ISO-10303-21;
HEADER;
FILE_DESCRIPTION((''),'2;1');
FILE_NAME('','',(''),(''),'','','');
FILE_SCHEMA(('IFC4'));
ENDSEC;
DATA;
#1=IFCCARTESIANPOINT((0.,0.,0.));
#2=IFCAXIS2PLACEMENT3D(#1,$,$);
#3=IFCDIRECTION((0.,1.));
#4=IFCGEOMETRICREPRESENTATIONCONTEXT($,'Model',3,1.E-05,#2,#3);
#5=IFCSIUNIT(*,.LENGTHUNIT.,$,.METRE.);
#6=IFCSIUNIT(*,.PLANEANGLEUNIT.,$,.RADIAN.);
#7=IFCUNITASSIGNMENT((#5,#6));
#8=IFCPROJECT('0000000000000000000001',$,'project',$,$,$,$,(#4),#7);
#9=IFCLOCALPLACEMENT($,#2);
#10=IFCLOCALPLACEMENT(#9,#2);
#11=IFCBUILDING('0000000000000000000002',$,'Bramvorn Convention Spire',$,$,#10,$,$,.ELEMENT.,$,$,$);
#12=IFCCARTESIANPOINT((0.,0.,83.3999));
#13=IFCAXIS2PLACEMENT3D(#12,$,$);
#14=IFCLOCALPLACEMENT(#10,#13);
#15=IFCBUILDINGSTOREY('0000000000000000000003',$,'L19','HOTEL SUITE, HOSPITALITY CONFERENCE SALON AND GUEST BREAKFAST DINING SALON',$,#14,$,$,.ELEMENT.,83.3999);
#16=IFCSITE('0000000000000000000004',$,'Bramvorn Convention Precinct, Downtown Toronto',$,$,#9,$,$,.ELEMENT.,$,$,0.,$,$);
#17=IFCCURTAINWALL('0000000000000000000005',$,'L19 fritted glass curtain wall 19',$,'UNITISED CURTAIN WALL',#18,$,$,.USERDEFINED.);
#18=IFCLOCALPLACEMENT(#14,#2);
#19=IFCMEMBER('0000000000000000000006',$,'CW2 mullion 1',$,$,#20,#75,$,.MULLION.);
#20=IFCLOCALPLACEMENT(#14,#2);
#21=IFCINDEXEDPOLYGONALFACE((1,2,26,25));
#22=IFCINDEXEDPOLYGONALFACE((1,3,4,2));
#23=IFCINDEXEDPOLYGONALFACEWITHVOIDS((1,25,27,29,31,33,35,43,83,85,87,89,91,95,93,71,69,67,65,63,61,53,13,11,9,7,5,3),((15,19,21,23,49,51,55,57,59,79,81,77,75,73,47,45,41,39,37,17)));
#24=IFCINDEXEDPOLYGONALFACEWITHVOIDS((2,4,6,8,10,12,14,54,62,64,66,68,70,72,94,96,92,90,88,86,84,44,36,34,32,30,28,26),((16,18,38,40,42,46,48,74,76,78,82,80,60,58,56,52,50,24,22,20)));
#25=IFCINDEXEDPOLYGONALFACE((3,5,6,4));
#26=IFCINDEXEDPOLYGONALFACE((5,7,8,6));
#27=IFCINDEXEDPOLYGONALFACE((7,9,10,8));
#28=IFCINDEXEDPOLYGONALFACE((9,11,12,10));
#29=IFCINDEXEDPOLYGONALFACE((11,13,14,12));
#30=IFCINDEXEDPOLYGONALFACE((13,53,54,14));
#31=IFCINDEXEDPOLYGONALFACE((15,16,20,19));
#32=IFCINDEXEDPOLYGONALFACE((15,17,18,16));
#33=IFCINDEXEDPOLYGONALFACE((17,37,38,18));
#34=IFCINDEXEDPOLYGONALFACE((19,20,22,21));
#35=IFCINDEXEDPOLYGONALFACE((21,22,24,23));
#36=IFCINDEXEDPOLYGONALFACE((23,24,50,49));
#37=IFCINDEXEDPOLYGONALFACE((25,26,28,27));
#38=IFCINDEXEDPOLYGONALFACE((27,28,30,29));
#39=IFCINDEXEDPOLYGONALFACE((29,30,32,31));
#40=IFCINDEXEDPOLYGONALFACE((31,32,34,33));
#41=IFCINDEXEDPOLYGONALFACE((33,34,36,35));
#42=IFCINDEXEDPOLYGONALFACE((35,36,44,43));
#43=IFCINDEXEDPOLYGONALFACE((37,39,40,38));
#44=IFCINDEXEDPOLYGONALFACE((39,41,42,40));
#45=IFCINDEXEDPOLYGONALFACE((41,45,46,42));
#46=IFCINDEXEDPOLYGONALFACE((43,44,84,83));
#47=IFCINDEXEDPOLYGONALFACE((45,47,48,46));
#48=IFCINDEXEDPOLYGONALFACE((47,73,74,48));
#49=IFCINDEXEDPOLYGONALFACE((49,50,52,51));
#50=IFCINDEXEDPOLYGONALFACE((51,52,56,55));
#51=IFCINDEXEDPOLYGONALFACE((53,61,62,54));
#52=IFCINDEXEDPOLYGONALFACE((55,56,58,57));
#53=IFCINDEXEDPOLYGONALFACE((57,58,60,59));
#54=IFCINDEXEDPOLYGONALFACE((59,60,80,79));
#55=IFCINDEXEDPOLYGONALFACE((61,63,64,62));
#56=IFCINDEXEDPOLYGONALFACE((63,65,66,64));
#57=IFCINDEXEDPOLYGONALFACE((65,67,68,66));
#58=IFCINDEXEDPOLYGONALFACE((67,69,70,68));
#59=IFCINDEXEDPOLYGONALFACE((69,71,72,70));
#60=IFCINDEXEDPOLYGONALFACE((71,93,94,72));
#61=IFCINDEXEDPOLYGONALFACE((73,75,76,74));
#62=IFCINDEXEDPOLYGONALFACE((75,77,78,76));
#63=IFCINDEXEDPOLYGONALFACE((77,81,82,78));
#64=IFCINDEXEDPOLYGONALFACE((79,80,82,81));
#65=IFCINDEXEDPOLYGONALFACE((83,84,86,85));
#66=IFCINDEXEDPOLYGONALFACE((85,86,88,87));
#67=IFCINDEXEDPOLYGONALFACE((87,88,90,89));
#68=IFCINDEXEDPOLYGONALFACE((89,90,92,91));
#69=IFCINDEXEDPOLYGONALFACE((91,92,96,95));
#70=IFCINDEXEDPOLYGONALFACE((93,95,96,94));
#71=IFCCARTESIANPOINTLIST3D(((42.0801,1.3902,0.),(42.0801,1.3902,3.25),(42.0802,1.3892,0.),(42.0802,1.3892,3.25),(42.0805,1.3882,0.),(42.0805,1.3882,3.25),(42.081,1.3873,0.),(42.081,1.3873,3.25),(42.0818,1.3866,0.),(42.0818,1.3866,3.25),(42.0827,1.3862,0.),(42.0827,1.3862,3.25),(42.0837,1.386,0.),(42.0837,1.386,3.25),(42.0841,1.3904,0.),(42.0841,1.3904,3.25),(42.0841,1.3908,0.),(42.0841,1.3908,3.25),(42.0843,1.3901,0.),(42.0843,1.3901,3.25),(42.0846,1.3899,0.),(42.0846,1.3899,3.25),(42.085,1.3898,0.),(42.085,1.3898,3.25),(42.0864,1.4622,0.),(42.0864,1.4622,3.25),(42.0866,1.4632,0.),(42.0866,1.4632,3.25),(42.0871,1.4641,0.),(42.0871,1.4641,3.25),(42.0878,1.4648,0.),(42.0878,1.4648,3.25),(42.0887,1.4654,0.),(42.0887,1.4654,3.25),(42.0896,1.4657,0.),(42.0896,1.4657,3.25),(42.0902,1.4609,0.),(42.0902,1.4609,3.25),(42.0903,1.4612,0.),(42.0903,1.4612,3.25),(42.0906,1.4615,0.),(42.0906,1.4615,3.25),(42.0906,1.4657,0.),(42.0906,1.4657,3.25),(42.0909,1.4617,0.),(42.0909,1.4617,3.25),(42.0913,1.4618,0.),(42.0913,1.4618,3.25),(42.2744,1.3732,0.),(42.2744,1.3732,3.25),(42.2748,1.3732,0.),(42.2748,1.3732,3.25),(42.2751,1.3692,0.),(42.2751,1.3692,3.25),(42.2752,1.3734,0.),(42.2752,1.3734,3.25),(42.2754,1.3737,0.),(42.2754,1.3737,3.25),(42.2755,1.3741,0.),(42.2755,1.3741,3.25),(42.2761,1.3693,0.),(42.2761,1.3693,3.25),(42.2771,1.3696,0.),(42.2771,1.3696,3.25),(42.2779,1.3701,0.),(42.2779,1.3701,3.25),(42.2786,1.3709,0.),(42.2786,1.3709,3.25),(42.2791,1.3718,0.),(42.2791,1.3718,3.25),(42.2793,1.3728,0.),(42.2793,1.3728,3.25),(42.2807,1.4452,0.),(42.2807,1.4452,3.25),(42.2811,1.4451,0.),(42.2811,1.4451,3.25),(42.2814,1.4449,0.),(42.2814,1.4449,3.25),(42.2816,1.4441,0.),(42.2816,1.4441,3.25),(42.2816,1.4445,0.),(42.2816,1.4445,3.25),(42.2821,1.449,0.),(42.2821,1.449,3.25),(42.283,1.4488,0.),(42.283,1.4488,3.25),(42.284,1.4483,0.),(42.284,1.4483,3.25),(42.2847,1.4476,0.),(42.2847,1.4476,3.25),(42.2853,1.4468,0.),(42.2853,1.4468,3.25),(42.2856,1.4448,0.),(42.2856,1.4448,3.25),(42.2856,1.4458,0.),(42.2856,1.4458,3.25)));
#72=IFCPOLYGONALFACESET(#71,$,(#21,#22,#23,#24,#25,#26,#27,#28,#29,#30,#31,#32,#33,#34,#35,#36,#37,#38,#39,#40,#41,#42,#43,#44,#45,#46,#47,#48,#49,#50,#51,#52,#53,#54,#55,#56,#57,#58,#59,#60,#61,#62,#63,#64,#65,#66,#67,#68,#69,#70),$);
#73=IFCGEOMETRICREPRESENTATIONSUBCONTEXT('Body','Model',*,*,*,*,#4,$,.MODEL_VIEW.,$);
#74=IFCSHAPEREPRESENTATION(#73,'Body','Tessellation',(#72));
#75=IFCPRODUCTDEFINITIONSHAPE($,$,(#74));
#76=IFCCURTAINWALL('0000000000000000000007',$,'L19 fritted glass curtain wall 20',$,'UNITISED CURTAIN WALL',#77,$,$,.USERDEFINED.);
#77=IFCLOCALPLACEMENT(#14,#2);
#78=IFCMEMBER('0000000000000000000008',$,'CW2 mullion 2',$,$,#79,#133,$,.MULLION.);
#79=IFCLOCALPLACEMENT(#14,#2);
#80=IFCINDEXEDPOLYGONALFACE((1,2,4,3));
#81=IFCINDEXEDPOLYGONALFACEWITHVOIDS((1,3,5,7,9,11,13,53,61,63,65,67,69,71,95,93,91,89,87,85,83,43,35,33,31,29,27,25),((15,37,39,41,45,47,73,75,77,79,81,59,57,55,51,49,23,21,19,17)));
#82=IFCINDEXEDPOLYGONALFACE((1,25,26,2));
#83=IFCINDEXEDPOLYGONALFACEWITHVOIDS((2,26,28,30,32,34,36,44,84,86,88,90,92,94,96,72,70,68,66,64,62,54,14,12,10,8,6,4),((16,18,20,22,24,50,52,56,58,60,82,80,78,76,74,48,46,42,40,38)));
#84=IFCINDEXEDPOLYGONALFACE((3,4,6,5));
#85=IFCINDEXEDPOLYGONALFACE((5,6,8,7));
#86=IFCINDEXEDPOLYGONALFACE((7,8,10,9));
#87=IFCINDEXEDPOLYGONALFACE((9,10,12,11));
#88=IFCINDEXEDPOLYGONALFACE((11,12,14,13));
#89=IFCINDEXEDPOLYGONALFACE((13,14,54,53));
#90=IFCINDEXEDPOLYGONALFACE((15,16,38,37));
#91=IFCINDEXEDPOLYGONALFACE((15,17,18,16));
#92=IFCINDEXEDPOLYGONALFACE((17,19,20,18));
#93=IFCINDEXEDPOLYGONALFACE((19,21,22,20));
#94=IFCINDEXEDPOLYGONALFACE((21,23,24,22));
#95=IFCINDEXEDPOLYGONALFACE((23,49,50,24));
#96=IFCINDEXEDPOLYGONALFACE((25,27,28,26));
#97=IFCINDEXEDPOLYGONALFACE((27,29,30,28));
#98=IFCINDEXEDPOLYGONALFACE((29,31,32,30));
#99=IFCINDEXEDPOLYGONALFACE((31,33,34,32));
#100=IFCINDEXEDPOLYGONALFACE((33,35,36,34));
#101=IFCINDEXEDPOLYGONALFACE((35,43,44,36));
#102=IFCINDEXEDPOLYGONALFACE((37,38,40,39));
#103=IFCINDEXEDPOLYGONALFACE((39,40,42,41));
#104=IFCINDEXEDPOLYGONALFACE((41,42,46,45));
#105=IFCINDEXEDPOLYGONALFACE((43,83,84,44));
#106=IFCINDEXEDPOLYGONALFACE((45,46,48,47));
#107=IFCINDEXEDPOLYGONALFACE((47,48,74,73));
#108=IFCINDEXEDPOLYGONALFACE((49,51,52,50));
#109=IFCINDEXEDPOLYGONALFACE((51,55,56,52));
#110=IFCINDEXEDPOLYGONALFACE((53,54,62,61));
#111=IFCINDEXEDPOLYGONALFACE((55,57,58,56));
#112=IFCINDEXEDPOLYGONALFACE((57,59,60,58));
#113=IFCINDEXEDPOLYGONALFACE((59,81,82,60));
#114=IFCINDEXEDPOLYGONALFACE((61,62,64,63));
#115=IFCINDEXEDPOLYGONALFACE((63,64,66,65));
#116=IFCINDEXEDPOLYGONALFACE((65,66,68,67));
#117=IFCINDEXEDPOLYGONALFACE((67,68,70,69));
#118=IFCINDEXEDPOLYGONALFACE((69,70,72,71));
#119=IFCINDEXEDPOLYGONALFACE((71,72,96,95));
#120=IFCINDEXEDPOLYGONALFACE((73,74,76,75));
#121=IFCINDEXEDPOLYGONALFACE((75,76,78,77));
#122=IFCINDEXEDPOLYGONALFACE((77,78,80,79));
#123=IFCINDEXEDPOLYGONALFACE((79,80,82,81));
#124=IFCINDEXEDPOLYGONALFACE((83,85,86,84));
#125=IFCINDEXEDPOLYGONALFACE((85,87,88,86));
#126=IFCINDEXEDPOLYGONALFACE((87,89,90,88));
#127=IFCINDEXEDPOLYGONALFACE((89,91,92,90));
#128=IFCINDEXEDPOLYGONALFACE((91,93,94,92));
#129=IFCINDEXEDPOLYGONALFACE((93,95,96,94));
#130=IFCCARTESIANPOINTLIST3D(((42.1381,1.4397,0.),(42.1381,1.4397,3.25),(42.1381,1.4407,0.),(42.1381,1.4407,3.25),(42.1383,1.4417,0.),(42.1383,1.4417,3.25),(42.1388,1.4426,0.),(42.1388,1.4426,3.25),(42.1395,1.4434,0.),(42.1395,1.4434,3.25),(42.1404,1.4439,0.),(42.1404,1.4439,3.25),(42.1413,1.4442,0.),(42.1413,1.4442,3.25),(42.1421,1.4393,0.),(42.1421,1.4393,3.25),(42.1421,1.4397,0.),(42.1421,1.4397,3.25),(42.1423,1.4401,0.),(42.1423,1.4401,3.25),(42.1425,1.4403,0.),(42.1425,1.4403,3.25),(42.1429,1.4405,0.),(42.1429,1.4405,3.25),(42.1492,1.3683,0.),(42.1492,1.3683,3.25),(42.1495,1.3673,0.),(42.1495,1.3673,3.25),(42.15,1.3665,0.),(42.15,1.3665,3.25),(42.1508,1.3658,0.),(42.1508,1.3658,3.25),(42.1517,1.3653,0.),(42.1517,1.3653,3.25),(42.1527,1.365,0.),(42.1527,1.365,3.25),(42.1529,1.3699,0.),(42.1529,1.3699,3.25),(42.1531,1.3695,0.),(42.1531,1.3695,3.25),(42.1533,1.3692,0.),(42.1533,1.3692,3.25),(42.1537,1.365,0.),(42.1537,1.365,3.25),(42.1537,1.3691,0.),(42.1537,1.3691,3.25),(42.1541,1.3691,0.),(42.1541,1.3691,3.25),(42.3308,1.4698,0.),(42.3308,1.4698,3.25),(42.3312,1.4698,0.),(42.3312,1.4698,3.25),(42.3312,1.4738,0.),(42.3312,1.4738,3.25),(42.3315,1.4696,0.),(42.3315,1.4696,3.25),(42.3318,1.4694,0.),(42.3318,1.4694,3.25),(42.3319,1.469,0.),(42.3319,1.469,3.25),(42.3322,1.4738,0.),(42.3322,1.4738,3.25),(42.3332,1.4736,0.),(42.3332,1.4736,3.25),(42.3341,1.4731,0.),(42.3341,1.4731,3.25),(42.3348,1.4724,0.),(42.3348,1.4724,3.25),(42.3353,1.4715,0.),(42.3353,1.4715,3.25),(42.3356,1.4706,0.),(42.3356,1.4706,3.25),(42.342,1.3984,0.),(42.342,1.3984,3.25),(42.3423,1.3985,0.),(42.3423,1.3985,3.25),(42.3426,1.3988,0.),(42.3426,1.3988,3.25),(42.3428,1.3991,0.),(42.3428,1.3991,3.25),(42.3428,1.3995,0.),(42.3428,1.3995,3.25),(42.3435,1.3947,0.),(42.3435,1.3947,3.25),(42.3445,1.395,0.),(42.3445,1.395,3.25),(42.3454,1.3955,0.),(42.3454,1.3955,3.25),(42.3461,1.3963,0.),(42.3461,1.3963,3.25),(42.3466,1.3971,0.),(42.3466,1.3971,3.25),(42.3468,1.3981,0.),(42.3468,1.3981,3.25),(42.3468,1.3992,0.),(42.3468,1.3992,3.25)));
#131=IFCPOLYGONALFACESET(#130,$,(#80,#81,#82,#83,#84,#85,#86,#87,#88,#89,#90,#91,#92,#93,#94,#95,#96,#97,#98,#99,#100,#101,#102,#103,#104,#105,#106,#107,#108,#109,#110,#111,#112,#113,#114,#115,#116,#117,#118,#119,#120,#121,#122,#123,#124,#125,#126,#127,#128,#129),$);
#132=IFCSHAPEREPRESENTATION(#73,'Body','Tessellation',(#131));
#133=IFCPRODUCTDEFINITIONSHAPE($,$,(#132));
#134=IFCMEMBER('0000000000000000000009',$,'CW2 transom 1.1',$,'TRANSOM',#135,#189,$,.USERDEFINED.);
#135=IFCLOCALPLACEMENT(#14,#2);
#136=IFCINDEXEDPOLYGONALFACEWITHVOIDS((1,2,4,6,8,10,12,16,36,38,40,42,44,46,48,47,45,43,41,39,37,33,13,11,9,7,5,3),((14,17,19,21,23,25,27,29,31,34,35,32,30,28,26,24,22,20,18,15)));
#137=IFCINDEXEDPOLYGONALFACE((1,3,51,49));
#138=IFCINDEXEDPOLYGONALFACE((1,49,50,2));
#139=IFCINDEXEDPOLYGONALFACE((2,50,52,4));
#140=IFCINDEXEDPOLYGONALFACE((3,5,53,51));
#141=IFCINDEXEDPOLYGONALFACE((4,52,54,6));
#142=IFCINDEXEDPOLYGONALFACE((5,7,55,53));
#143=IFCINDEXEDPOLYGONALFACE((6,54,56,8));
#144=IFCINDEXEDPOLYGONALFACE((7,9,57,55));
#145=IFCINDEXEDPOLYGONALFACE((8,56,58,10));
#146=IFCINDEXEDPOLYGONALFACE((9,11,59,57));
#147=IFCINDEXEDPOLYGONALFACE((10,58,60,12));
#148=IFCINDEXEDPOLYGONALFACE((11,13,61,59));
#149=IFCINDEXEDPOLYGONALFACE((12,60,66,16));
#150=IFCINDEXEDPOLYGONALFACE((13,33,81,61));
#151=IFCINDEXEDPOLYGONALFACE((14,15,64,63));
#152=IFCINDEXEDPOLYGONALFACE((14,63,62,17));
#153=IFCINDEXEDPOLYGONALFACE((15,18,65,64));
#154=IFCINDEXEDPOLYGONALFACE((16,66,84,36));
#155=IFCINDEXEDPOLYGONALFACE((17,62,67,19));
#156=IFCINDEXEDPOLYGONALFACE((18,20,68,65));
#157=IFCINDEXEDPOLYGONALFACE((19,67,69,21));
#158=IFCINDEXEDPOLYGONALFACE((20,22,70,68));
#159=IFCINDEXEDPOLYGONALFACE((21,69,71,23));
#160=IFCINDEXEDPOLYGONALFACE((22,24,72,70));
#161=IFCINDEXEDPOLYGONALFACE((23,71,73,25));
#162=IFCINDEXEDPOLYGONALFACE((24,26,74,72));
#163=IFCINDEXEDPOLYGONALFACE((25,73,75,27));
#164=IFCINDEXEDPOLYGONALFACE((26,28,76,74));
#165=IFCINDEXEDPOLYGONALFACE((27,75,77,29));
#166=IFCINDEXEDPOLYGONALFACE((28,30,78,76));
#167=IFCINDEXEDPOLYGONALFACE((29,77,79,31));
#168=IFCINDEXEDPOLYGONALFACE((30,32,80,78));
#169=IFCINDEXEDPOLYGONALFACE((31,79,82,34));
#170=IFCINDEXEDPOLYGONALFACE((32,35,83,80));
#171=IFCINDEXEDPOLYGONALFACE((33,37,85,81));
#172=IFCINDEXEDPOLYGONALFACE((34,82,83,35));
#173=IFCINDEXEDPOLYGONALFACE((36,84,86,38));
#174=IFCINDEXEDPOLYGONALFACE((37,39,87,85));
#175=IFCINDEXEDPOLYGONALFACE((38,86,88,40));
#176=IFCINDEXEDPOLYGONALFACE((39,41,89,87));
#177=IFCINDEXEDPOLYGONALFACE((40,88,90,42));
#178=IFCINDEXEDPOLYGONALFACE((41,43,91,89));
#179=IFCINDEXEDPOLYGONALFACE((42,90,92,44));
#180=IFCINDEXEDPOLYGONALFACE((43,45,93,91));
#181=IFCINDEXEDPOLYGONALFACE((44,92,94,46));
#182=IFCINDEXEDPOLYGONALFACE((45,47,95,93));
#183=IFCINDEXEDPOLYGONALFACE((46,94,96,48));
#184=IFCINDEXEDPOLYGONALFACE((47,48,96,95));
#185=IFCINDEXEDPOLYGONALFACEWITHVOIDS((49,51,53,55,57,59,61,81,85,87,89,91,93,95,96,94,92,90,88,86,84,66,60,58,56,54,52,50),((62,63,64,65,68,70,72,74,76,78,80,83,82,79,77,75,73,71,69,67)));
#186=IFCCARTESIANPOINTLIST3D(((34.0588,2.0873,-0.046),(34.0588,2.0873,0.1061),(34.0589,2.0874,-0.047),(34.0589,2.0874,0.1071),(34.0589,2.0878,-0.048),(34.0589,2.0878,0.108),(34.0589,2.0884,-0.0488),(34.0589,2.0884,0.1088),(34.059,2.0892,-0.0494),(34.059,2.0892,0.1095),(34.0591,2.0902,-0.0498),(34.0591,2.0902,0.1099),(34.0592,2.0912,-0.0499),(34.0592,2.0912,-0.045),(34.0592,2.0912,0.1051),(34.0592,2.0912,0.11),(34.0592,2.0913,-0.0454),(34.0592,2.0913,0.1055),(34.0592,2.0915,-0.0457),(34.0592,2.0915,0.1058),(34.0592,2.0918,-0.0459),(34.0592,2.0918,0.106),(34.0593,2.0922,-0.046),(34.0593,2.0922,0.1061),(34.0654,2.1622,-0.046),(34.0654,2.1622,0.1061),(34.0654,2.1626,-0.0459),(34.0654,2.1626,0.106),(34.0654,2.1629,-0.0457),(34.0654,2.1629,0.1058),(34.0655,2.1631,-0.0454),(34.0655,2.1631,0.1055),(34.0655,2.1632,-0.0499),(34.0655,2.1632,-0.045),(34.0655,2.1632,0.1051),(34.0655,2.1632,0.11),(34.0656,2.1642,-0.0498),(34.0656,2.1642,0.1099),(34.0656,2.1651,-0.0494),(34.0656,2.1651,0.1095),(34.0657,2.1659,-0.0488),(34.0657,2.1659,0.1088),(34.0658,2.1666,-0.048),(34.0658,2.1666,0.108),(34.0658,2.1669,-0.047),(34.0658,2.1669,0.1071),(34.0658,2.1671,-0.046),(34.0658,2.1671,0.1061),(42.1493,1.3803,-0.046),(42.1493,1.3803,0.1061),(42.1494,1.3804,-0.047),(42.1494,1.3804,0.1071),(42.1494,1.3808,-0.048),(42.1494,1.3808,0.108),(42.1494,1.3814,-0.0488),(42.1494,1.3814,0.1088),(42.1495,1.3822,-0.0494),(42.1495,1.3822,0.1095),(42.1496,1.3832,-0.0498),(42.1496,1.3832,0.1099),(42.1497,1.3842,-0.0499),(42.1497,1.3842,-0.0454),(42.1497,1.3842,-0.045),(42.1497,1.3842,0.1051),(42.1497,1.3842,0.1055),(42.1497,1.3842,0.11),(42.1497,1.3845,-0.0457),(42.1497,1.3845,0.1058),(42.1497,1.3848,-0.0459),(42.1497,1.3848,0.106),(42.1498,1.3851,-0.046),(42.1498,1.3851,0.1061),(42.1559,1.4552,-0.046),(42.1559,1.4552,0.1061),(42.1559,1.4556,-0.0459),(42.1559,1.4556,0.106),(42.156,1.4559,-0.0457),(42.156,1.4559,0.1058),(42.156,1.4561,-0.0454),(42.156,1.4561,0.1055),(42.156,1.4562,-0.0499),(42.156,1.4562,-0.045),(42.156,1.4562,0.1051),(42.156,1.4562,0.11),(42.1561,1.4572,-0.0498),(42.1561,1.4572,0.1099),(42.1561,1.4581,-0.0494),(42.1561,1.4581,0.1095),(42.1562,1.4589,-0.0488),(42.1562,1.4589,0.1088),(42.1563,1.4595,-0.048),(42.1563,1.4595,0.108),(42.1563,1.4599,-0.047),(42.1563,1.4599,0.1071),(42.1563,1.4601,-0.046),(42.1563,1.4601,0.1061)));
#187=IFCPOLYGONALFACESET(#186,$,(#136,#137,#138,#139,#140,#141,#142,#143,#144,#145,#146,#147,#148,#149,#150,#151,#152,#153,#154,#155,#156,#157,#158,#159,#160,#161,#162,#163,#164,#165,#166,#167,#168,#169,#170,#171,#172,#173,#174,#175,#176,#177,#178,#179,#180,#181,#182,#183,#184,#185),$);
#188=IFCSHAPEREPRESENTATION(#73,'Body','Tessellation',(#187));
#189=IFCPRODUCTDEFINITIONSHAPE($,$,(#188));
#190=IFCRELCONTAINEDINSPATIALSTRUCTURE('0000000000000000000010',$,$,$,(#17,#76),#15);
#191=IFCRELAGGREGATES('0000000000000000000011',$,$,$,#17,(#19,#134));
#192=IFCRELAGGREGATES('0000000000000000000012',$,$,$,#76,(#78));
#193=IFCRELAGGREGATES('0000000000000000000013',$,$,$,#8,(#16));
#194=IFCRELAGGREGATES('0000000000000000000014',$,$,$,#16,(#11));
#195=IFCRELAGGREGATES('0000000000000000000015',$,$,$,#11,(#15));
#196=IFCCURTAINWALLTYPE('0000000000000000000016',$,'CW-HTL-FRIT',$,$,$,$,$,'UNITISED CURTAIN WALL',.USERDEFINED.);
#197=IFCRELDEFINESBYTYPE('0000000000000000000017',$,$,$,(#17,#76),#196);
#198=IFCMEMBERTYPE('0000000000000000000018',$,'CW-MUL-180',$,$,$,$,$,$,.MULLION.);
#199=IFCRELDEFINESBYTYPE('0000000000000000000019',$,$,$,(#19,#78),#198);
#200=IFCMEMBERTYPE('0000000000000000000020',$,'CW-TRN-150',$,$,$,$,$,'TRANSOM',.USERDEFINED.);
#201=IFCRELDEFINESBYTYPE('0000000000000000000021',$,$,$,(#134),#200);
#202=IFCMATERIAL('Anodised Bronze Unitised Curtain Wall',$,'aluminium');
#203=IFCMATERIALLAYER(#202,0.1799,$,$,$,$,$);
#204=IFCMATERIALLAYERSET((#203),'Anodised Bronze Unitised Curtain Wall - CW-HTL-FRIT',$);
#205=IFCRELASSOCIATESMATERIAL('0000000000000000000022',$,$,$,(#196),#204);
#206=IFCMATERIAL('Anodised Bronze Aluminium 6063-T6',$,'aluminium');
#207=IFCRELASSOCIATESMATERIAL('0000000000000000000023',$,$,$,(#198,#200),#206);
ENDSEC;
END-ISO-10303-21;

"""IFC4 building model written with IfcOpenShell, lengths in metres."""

from ifc_helpers import new_model, si_unit, direction, frame, origin, origin_2d, place, context, subcontext, project, spatial, hollow_rectangle, extrude, material, layer, layer_set, material_profile, profile_set, type_object, element, aggregate, save


model = new_model("IFC4")

# Units and contexts
model_context = context("Model", 3, precision=1e-05, world=origin(), true_north=direction((0.0, 1.0)))
body_context = subcontext(model_context, "Body", "Model", "MODEL_VIEW")
ifc_project = project(units=[si_unit("LENGTHUNIT", "METRE"), si_unit("PLANEANGLEUNIT", "RADIAN")], contexts=[model_context])

# Site, building, storey
site_placement = place(None, origin())
site = spatial("IfcSite", under=ifc_project, at=site_placement, Name="Bramvorn Convention Precinct, Downtown Toronto", CompositionType="ELEMENT", RefElevation=0.0)
building_placement = place(site_placement, origin())
building = spatial("IfcBuilding", under=site, at=building_placement, Name="Bramvorn Convention Spire", CompositionType="ELEMENT")
storey_placement = place(building_placement, frame((0.0, 0.0, 83.3999)))
storey = spatial("IfcBuildingStorey", under=building, at=storey_placement, Name="L19", Description="HOTEL SUITE, HOSPITALITY CONFERENCE SALON AND GUEST BREAKFAST DINING SALON", CompositionType="ELEMENT", Elevation=83.3999)

# Curtain walls, members
ifc_material_1 = material(Name="Anodised Bronze Unitised Curtain Wall", Category="aluminium")
ifc_layer_1 = layer(ifc_material_1, 0.1799)
ifc_layer_set_1 = layer_set([ifc_layer_1], Name="Anodised Bronze Unitised Curtain Wall - CW-HTL-FRIT")
curtain_wall_type = type_object("IfcCurtainWallType", Name="CW-HTL-FRIT", ElementType="UNITISED CURTAIN WALL", PredefinedType="USERDEFINED", material=ifc_layer_set_1)
curtain_wall_1_placement = place(storey_placement, origin())
curtain_wall_1 = element("IfcCurtainWall", 1, at=curtain_wall_1_placement, inside=storey, type_object=curtain_wall_type, Name="L19 fritted glass curtain wall 19", ObjectType="UNITISED CURTAIN WALL", PredefinedType="USERDEFINED")
ifc_material_2 = material(Name="Anodised Bronze Aluminium 6063-T6", Category="aluminium")
ifc_material_profile_1 = material_profile(ifc_material_2, hollow_rectangle(XDim=0.0801, YDim=0.2, WallThickness=0.0039, InnerFilletRadius=0.001, OuterFilletRadius=0.0039, at=origin_2d()))
ifc_profile_set_1 = profile_set([ifc_material_profile_1], Name="Anodised Bronze Aluminium 6063-T6 - CWM80X200")
member_type_1 = type_object("IfcMemberType", Name="CW-MUL-180", PredefinedType="MULLION", material=ifc_profile_set_1)
member_1_placement = place(storey_placement, frame((42.1829, 1.4175, 0.0), z_axis=(0.0, 0.0, 1.0), x_axis=(-0.087048, -0.996204, 0.0)))
member_1 = element("IfcMember", 2, at=member_1_placement, type_object=member_type_1, Name="CW2 mullion 1", PredefinedType="MULLION", context=body_context, shape_type="SweptSolid", body=[
    extrude(hollow_rectangle(XDim=0.0801, YDim=0.2, WallThickness=0.0039, InnerFilletRadius=0.001, OuterFilletRadius=0.0039, at=origin_2d()), origin(), (0.0, 0.0, 1.0), 3.25),
])
curtain_wall_2_placement = place(storey_placement, origin())
curtain_wall_2 = element("IfcCurtainWall", 3, at=curtain_wall_2_placement, inside=storey, type_object=curtain_wall_type, Name="L19 fritted glass curtain wall 20", ObjectType="UNITISED CURTAIN WALL", PredefinedType="USERDEFINED")
member_2_placement = place(storey_placement, frame((42.2424, 1.4194, 0.0), z_axis=(0.0, 0.0, 1.0), x_axis=(0.154306, -0.988023, 0.0)))
member_2 = element("IfcMember", 4, at=member_2_placement, type_object=member_type_1, Name="CW2 mullion 2", PredefinedType="MULLION", context=body_context, shape_type="SweptSolid", body=[
    extrude(hollow_rectangle(XDim=0.0801, YDim=0.2, WallThickness=0.0039, InnerFilletRadius=0.001, OuterFilletRadius=0.0039, at=origin_2d()), origin(), (0.0, 0.0, 1.0), 3.25),
])

# Member
ifc_material_profile_2 = material_profile(ifc_material_2, hollow_rectangle(XDim=0.0801, YDim=0.1599, WallThickness=0.0039, InnerFilletRadius=0.001, OuterFilletRadius=0.0039, at=origin_2d()))
ifc_profile_set_2 = profile_set([ifc_material_profile_2], Name="Anodised Bronze Aluminium 6063-T6 - CWT80X160")
member_type_2 = type_object("IfcMemberType", Name="CW-TRN-150", ElementType="TRANSOM", PredefinedType="USERDEFINED", material=ifc_profile_set_2)
member_3_placement = place(storey_placement, frame((42.1528, 1.4202, 0.03), z_axis=(-0.996203, 0.087058, 0.0), x_axis=(-0.087058, -0.996203, 0.0)))
member_3 = element("IfcMember", 5, at=member_3_placement, type_object=member_type_2, Name="CW2 transom 1.1", ObjectType="TRANSOM", PredefinedType="USERDEFINED", context=body_context, shape_type="SweptSolid", body=[
    extrude(hollow_rectangle(XDim=0.0801, YDim=0.1599, WallThickness=0.0039, InnerFilletRadius=0.001, OuterFilletRadius=0.0039, at=origin_2d()), origin(), (0.0, 0.0, 1.0), 8.1213),
])

aggregate(curtain_wall_1, [member_1, member_3])
aggregate(curtain_wall_2, [member_2])

save(model, "model.ifc")
